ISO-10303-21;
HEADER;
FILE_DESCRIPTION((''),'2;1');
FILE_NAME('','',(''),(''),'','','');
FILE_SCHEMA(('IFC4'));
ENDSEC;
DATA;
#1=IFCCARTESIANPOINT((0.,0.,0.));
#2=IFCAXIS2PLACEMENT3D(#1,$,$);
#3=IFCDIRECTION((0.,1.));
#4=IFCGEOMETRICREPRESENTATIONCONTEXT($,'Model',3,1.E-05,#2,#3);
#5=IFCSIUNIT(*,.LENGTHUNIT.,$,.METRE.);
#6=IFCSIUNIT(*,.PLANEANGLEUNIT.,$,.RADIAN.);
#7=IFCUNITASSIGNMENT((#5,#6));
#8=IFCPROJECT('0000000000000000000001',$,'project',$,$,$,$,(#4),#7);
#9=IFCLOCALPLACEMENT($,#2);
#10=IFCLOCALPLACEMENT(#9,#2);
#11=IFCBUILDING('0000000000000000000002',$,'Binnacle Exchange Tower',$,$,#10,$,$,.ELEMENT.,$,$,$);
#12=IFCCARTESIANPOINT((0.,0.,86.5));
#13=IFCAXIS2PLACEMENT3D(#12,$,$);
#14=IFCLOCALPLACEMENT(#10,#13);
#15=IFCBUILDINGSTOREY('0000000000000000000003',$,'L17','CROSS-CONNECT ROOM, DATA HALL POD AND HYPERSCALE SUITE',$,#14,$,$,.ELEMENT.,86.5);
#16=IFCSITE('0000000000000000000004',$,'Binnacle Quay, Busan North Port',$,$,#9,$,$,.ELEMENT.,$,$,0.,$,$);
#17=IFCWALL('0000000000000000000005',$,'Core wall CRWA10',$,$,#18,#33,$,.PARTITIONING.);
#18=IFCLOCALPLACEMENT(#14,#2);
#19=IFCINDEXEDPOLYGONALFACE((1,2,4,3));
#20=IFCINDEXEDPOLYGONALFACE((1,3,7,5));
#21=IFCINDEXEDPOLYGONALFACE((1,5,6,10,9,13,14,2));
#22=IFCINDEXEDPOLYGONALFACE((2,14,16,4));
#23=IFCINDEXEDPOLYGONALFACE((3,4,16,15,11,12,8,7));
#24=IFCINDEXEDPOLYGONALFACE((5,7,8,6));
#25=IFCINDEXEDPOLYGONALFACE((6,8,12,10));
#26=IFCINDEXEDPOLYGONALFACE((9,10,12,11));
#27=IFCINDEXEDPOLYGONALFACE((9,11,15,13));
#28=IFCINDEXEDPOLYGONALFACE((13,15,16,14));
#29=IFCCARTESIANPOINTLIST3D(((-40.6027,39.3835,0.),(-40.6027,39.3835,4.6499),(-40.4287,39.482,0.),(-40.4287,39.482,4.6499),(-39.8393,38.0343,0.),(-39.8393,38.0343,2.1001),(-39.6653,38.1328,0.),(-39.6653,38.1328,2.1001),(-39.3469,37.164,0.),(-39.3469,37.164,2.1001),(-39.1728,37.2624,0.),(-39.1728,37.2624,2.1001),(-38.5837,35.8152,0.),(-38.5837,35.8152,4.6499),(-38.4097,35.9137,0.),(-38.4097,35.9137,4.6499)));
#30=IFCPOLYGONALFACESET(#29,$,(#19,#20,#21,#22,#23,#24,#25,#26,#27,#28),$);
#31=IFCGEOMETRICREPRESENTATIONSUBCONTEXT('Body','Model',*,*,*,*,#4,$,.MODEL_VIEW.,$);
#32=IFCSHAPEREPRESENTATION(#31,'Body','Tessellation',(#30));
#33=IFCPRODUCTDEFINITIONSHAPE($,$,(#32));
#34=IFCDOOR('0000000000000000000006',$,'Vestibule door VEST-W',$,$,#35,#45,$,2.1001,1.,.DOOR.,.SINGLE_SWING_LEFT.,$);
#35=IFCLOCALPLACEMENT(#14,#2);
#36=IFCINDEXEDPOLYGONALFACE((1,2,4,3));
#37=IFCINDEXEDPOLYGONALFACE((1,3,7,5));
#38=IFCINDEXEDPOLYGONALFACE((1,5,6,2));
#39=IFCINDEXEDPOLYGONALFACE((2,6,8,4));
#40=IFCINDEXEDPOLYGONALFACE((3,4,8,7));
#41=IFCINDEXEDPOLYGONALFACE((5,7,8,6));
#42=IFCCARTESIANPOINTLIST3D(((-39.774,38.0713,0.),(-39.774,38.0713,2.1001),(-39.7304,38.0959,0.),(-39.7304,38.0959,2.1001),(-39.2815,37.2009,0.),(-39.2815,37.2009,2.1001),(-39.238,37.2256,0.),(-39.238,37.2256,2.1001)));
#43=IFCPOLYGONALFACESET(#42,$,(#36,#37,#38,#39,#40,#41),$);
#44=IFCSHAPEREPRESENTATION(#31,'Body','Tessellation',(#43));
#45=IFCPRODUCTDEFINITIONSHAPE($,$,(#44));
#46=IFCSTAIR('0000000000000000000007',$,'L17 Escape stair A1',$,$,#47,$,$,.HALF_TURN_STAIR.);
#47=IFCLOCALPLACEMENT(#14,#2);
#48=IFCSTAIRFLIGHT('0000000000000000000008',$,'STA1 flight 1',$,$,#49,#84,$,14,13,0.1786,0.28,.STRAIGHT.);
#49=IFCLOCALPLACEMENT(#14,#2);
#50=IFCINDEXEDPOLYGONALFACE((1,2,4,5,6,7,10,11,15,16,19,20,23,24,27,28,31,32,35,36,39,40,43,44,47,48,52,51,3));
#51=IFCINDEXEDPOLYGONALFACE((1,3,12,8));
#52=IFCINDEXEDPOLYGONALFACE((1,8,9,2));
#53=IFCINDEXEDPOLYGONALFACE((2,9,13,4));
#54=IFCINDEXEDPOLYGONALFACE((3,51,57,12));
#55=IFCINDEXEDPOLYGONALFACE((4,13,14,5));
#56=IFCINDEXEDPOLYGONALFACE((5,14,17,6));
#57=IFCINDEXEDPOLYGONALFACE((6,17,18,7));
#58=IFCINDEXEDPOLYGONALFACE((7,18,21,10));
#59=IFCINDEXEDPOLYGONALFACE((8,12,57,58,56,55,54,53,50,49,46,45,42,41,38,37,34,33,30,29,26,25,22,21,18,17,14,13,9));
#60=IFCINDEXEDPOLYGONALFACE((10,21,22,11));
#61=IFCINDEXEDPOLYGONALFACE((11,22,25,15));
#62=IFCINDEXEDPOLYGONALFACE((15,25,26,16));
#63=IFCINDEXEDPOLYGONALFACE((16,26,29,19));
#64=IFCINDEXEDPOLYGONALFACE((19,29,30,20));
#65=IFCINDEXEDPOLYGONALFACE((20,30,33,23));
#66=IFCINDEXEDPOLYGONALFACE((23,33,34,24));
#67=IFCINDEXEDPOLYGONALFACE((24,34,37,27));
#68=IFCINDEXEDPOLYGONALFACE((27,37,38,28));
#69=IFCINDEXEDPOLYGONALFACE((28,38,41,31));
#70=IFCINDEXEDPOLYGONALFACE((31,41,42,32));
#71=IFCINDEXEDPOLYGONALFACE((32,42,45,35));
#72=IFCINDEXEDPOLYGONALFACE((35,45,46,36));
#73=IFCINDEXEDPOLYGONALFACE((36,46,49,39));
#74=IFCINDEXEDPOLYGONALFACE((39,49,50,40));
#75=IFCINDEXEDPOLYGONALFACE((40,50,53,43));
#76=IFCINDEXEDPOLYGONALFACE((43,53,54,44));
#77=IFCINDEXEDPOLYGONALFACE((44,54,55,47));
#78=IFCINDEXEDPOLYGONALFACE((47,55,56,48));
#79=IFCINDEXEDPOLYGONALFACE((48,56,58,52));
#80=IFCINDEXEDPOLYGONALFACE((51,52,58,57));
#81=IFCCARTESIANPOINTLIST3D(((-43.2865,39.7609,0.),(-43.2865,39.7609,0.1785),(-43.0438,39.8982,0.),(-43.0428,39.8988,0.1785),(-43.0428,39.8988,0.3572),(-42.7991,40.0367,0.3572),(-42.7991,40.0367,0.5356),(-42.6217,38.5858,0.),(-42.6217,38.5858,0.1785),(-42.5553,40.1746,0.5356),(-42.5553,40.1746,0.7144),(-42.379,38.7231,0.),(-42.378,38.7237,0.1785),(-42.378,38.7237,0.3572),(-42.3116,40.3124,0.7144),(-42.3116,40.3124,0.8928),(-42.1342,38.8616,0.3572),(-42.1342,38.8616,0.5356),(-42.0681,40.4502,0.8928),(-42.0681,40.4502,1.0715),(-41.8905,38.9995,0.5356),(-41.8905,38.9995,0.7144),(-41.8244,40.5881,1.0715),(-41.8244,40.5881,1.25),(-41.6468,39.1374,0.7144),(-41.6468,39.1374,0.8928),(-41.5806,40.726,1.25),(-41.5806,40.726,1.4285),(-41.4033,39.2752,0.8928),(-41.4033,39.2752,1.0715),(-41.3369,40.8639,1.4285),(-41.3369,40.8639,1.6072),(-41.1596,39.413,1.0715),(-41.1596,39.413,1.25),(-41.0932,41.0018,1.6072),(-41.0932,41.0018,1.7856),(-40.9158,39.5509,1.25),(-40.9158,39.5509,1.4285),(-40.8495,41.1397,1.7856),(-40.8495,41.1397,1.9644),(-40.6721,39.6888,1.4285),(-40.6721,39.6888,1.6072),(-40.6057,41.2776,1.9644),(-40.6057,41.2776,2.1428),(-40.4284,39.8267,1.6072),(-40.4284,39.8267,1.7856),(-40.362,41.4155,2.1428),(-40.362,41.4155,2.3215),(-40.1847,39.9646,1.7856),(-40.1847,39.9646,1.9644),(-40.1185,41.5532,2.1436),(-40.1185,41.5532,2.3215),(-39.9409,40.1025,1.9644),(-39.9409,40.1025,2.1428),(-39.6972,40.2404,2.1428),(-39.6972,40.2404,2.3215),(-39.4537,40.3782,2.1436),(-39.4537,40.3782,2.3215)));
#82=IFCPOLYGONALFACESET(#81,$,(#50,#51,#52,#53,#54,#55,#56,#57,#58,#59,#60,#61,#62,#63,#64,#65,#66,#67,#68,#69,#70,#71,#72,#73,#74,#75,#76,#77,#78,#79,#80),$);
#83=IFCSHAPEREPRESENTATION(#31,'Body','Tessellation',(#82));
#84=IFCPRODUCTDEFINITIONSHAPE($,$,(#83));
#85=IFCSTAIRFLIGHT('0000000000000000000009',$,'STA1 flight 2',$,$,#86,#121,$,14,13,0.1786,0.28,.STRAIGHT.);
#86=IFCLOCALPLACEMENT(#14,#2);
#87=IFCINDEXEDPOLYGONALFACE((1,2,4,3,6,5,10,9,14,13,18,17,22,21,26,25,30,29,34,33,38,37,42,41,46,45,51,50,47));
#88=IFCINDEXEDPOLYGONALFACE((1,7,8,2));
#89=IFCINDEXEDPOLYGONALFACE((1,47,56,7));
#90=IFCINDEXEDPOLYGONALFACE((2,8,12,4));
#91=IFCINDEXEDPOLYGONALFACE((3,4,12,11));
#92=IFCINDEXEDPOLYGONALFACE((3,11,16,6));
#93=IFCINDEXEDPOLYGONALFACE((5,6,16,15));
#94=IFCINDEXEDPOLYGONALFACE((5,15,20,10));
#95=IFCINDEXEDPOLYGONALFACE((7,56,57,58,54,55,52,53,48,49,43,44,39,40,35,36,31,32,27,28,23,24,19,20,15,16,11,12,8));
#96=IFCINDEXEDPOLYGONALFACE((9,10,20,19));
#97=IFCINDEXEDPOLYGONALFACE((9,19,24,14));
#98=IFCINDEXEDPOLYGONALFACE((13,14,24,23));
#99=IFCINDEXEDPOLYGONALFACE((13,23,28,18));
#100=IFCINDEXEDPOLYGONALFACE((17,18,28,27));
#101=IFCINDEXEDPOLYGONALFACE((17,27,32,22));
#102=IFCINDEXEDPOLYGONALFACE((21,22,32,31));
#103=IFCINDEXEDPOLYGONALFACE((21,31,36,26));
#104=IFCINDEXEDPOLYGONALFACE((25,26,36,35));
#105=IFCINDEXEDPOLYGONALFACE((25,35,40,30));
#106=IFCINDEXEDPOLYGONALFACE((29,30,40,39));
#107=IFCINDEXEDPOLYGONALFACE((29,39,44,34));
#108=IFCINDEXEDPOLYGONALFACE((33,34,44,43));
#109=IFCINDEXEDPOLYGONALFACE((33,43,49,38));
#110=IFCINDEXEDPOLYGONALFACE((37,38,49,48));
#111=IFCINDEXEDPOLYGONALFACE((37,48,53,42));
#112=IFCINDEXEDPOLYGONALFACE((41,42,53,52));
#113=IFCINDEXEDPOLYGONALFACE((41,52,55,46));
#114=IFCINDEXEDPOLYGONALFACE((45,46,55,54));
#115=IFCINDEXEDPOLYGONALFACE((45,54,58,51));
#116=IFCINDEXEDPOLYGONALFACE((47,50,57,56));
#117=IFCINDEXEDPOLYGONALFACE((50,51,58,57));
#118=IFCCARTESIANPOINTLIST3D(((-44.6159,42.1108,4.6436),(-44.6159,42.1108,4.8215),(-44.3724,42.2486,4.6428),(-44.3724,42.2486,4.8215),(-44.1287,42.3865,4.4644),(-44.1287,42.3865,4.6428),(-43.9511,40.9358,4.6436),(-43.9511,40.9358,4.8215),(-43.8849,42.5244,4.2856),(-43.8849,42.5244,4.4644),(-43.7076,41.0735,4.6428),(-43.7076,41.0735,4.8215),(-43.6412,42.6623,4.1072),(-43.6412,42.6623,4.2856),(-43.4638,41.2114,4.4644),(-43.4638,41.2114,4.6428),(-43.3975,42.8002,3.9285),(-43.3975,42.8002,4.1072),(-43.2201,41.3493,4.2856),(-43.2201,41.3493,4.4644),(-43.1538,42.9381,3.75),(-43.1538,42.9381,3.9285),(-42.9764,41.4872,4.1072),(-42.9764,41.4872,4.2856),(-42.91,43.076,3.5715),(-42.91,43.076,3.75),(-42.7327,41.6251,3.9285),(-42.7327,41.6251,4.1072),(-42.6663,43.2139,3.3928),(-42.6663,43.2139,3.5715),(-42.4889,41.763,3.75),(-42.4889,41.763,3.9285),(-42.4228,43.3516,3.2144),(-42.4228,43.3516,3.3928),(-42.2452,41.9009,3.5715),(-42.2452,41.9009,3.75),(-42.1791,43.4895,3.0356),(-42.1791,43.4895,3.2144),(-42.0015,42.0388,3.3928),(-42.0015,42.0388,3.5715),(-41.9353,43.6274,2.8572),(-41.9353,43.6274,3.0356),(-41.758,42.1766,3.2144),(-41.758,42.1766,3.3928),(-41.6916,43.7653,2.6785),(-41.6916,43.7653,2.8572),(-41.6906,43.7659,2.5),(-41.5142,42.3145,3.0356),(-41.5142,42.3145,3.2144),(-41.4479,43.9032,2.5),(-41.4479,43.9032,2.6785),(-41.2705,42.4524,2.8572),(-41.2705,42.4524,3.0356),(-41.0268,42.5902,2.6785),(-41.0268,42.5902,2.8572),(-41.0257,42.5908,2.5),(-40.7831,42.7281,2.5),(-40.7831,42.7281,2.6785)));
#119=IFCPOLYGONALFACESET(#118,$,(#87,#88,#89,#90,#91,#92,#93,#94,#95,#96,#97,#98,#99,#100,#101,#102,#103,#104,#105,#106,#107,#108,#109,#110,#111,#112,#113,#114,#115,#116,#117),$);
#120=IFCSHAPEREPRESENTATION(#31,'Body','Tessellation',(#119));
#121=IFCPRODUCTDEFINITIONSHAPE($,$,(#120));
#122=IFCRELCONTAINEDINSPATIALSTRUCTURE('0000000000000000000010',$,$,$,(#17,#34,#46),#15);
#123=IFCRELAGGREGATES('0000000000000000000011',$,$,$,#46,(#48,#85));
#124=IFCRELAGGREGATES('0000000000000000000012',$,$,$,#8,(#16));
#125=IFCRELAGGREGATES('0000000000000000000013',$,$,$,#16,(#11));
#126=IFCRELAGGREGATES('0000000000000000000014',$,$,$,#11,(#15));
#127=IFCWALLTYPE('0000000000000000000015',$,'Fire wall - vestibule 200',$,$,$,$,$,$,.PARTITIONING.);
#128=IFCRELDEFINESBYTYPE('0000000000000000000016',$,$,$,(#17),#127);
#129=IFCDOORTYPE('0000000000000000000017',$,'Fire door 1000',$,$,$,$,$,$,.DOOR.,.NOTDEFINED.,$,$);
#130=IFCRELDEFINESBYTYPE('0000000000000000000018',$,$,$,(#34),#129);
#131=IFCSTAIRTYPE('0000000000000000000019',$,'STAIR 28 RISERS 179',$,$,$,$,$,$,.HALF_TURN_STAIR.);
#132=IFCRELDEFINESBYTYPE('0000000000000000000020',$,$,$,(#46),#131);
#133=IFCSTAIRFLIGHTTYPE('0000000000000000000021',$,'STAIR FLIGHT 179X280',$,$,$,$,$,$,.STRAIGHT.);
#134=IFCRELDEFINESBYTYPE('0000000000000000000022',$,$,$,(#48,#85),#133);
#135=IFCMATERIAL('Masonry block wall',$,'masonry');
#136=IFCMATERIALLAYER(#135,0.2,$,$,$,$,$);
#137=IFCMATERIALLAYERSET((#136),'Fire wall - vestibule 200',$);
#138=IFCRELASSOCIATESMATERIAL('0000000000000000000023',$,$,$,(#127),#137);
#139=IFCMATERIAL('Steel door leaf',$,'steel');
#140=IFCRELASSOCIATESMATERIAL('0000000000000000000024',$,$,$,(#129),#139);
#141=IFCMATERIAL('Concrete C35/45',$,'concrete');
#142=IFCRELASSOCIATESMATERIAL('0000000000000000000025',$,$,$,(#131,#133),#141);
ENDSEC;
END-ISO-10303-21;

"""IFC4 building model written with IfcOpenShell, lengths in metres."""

from ifc_helpers import new_model, si_unit, direction, frame, frame_2d, origin, place, context, subcontext, project, spatial, polyline, rectangle, outline, extrude, material, layer, layer_set, type_object, element, fill, aggregate, save


model = new_model("IFC4")

# Units and contexts
model_context = context("Model", 3, precision=1e-05, world=origin(), true_north=direction((0.0, 1.0)))
body_context = subcontext(model_context, "Body", "Model", "MODEL_VIEW")
ifc_project = project(units=[si_unit("LENGTHUNIT", "METRE"), si_unit("PLANEANGLEUNIT", "RADIAN")], contexts=[model_context])

# Site, building, storey
site_placement = place(None, origin())
site = spatial("IfcSite", under=ifc_project, at=site_placement, Name="Binnacle Quay, Busan North Port", CompositionType="ELEMENT", RefElevation=0.0)
building_placement = place(site_placement, origin())
building = spatial("IfcBuilding", under=site, at=building_placement, Name="Binnacle Exchange Tower", CompositionType="ELEMENT")
storey_placement = place(building_placement, frame((0.0, 0.0, 86.5)))
storey = spatial("IfcBuildingStorey", under=building, at=storey_placement, Name="L17", Description="CROSS-CONNECT ROOM, DATA HALL POD AND HYPERSCALE SUITE", CompositionType="ELEMENT", Elevation=86.5)

# Shared definitions
ifc_material_1 = material(Name="Steel door leaf", Category="steel")

# Shared definitions
ifc_material_2 = material(Name="Masonry block wall", Category="masonry")

# Wall, opening, door
ifc_layer_1 = layer(ifc_material_2, 0.2)
ifc_layer_set_1 = layer_set([ifc_layer_1], Name="Fire wall - vestibule 200")
wall_type_1 = type_object("IfcWallType", Name="Fire wall - vestibule 200", PredefinedType="PARTITIONING", material=ifc_layer_set_1)
wall_1_placement = place(storey_placement, frame((-40.5156, 39.4326, 0.0), z_axis=(0.0, 0.0, 1.0), x_axis=(0.492454, -0.870339, 0.0)))
wall_1 = element("IfcWall", 1, at=wall_1_placement, inside=storey, type_object=wall_type_1, Name="Core wall CRWA10", PredefinedType="PARTITIONING", context=body_context, shape_type="SweptSolid", body=[
    extrude(rectangle(XDim=4.0999, YDim=0.2, at=frame_2d((2.0498, 0.0))), origin(), (0.0, 0.0, 1.0), 4.6499),
])
opening_1_placement = place(wall_1_placement, frame((1.55, 0.0, 0.0)))
opening_1 = element("IfcOpeningElement", 2, at=opening_1_placement, cuts=wall_1, PredefinedType="OPENING", context=body_context, shape_type="SweptSolid", body=[
    extrude(rectangle(XDim=1.0, YDim=2.1001, at=frame_2d((0.5, 1.05))), frame((0.0, 0.1099, 0.0), z_axis=(0.0, -1.0, 0.0), x_axis=(1.0, 0.0, 0.0)), (0.0, 0.0, 1.0), 0.22),
])
door_type_1 = type_object("IfcDoorType", Name="Fire door 1000", OperationType="NOTDEFINED", PredefinedType="DOOR", material=ifc_material_1)
door_1_placement = place(opening_1_placement, frame((1.0, 0.0, 0.0), z_axis=(0.0, 0.0, 1.0), x_axis=(-1.0, 0.0, 0.0)))
door_1 = element("IfcDoor", 3, at=door_1_placement, inside=storey, type_object=door_type_1, Name="Vestibule door VEST-W", OperationType="SINGLE_SWING_LEFT", OverallHeight=2.1001, OverallWidth=1.0, PredefinedType="DOOR", context=body_context, shape_type="SweptSolid", body=[
    extrude(rectangle(XDim=1.0, YDim=2.1001, at=frame_2d((0.5, 1.05))), frame((0.0, 0.0249, 0.0), z_axis=(0.0, -1.0, 0.0), x_axis=(1.0, 0.0, 0.0)), (0.0, 0.0, 1.0), 0.05),
])
fill(opening_1, door_1)

# Stair, stair flights
ifc_material_3 = material(Name="Concrete C35/45", Category="concrete")
stair_type = type_object("IfcStairType", Name="STAIR 28 RISERS 179", PredefinedType="HALF_TURN_STAIR", material=ifc_material_3)
stair_placement = place(storey_placement, origin())
stair = element("IfcStair", 4, at=stair_placement, inside=storey, type_object=stair_type, Name="L17 Escape stair A1", PredefinedType="HALF_TURN_STAIR")
stair_flight_type = type_object("IfcStairFlightType", Name="STAIR FLIGHT 179X280", PredefinedType="STRAIGHT", material=ifc_material_3)
stair_flight_1_placement = place(storey_placement, frame((-42.9541, 39.1733, 0.0), z_axis=(0.0, 0.0, 1.0), x_axis=(0.870356, 0.492424, 0.0)))
stair_flight_1 = element("IfcStairFlight", 5, at=stair_flight_1_placement, type_object=stair_flight_type, Name="STA1 flight 1", NumberOfRisers=14, NumberOfTreads=13, PredefinedType="STRAIGHT", RiserHeight=0.1786, TreadLength=0.28, context=body_context, shape_type="SweptSolid", body=[
    extrude(outline(polyline([(0.0, 0.0), (0.0, 0.1785), (0.28, 0.1785), (0.28, 0.3572), (0.5601, 0.3572), (0.5601, 0.5356), (0.8401, 0.5356), (0.8401, 0.7144), (1.1201, 0.7144), (1.1201, 0.8928), (1.3999, 0.8928), (1.3999, 1.0715), (1.6799, 1.0715), (1.6799, 1.25), (1.96, 1.25), (1.96, 1.4285), (2.24, 1.4285), (2.24, 1.6072), (2.52, 1.6072), (2.52, 1.7856), (2.8, 1.7856), (2.8, 1.9644), (3.0801, 1.9644), (3.0801, 2.1428), (3.3601, 2.1428), (3.3601, 2.3215), (3.6399, 2.3215), (3.6399, 2.5), (3.6399, 2.1436), (0.2788, 0.0), (0.0, 0.0)])), frame((0.0, 0.675, 0.0), z_axis=(0.0, -1.0, 0.0), x_axis=(1.0, 0.0, 0.0)), (0.0, 0.0, 1.0), 1.3501),
])
stair_flight_2_placement = place(storey_placement, frame((-41.1155, 43.3157, 2.5), z_axis=(0.0, 0.0, 1.0), x_axis=(-0.870356, -0.492424, 0.0)))
stair_flight_2 = element("IfcStairFlight", 6, at=stair_flight_2_placement, type_object=stair_flight_type, Name="STA1 flight 2", NumberOfRisers=14, NumberOfTreads=13, PredefinedType="STRAIGHT", RiserHeight=0.1786, TreadLength=0.28, context=body_context, shape_type="SweptSolid", body=[
    extrude(outline(polyline([(0.0, 0.0), (0.0, 0.1785), (0.28, 0.1785), (0.28, 0.3572), (0.5601, 0.3572), (0.5601, 0.5356), (0.8401, 0.5356), (0.8401, 0.7144), (1.1201, 0.7144), (1.1201, 0.8928), (1.3999, 0.8928), (1.3999, 1.0715), (1.6799, 1.0715), (1.6799, 1.25), (1.96, 1.25), (1.96, 1.4285), (2.24, 1.4285), (2.24, 1.6072), (2.52, 1.6072), (2.52, 1.7856), (2.8, 1.7856), (2.8, 1.9644), (3.0801, 1.9644), (3.0801, 2.1428), (3.3601, 2.1428), (3.3601, 2.3215), (3.6399, 2.3215), (3.6399, 2.5), (3.6399, 2.1436), (0.2788, 0.0), (0.0, 0.0)])), frame((0.0, 0.675, 0.0), z_axis=(0.0, -1.0, 0.0), x_axis=(1.0, 0.0, 0.0)), (0.0, 0.0, 1.0), 1.3501),
])
aggregate(stair, [stair_flight_1, stair_flight_2])

save(model, "model.ifc")
